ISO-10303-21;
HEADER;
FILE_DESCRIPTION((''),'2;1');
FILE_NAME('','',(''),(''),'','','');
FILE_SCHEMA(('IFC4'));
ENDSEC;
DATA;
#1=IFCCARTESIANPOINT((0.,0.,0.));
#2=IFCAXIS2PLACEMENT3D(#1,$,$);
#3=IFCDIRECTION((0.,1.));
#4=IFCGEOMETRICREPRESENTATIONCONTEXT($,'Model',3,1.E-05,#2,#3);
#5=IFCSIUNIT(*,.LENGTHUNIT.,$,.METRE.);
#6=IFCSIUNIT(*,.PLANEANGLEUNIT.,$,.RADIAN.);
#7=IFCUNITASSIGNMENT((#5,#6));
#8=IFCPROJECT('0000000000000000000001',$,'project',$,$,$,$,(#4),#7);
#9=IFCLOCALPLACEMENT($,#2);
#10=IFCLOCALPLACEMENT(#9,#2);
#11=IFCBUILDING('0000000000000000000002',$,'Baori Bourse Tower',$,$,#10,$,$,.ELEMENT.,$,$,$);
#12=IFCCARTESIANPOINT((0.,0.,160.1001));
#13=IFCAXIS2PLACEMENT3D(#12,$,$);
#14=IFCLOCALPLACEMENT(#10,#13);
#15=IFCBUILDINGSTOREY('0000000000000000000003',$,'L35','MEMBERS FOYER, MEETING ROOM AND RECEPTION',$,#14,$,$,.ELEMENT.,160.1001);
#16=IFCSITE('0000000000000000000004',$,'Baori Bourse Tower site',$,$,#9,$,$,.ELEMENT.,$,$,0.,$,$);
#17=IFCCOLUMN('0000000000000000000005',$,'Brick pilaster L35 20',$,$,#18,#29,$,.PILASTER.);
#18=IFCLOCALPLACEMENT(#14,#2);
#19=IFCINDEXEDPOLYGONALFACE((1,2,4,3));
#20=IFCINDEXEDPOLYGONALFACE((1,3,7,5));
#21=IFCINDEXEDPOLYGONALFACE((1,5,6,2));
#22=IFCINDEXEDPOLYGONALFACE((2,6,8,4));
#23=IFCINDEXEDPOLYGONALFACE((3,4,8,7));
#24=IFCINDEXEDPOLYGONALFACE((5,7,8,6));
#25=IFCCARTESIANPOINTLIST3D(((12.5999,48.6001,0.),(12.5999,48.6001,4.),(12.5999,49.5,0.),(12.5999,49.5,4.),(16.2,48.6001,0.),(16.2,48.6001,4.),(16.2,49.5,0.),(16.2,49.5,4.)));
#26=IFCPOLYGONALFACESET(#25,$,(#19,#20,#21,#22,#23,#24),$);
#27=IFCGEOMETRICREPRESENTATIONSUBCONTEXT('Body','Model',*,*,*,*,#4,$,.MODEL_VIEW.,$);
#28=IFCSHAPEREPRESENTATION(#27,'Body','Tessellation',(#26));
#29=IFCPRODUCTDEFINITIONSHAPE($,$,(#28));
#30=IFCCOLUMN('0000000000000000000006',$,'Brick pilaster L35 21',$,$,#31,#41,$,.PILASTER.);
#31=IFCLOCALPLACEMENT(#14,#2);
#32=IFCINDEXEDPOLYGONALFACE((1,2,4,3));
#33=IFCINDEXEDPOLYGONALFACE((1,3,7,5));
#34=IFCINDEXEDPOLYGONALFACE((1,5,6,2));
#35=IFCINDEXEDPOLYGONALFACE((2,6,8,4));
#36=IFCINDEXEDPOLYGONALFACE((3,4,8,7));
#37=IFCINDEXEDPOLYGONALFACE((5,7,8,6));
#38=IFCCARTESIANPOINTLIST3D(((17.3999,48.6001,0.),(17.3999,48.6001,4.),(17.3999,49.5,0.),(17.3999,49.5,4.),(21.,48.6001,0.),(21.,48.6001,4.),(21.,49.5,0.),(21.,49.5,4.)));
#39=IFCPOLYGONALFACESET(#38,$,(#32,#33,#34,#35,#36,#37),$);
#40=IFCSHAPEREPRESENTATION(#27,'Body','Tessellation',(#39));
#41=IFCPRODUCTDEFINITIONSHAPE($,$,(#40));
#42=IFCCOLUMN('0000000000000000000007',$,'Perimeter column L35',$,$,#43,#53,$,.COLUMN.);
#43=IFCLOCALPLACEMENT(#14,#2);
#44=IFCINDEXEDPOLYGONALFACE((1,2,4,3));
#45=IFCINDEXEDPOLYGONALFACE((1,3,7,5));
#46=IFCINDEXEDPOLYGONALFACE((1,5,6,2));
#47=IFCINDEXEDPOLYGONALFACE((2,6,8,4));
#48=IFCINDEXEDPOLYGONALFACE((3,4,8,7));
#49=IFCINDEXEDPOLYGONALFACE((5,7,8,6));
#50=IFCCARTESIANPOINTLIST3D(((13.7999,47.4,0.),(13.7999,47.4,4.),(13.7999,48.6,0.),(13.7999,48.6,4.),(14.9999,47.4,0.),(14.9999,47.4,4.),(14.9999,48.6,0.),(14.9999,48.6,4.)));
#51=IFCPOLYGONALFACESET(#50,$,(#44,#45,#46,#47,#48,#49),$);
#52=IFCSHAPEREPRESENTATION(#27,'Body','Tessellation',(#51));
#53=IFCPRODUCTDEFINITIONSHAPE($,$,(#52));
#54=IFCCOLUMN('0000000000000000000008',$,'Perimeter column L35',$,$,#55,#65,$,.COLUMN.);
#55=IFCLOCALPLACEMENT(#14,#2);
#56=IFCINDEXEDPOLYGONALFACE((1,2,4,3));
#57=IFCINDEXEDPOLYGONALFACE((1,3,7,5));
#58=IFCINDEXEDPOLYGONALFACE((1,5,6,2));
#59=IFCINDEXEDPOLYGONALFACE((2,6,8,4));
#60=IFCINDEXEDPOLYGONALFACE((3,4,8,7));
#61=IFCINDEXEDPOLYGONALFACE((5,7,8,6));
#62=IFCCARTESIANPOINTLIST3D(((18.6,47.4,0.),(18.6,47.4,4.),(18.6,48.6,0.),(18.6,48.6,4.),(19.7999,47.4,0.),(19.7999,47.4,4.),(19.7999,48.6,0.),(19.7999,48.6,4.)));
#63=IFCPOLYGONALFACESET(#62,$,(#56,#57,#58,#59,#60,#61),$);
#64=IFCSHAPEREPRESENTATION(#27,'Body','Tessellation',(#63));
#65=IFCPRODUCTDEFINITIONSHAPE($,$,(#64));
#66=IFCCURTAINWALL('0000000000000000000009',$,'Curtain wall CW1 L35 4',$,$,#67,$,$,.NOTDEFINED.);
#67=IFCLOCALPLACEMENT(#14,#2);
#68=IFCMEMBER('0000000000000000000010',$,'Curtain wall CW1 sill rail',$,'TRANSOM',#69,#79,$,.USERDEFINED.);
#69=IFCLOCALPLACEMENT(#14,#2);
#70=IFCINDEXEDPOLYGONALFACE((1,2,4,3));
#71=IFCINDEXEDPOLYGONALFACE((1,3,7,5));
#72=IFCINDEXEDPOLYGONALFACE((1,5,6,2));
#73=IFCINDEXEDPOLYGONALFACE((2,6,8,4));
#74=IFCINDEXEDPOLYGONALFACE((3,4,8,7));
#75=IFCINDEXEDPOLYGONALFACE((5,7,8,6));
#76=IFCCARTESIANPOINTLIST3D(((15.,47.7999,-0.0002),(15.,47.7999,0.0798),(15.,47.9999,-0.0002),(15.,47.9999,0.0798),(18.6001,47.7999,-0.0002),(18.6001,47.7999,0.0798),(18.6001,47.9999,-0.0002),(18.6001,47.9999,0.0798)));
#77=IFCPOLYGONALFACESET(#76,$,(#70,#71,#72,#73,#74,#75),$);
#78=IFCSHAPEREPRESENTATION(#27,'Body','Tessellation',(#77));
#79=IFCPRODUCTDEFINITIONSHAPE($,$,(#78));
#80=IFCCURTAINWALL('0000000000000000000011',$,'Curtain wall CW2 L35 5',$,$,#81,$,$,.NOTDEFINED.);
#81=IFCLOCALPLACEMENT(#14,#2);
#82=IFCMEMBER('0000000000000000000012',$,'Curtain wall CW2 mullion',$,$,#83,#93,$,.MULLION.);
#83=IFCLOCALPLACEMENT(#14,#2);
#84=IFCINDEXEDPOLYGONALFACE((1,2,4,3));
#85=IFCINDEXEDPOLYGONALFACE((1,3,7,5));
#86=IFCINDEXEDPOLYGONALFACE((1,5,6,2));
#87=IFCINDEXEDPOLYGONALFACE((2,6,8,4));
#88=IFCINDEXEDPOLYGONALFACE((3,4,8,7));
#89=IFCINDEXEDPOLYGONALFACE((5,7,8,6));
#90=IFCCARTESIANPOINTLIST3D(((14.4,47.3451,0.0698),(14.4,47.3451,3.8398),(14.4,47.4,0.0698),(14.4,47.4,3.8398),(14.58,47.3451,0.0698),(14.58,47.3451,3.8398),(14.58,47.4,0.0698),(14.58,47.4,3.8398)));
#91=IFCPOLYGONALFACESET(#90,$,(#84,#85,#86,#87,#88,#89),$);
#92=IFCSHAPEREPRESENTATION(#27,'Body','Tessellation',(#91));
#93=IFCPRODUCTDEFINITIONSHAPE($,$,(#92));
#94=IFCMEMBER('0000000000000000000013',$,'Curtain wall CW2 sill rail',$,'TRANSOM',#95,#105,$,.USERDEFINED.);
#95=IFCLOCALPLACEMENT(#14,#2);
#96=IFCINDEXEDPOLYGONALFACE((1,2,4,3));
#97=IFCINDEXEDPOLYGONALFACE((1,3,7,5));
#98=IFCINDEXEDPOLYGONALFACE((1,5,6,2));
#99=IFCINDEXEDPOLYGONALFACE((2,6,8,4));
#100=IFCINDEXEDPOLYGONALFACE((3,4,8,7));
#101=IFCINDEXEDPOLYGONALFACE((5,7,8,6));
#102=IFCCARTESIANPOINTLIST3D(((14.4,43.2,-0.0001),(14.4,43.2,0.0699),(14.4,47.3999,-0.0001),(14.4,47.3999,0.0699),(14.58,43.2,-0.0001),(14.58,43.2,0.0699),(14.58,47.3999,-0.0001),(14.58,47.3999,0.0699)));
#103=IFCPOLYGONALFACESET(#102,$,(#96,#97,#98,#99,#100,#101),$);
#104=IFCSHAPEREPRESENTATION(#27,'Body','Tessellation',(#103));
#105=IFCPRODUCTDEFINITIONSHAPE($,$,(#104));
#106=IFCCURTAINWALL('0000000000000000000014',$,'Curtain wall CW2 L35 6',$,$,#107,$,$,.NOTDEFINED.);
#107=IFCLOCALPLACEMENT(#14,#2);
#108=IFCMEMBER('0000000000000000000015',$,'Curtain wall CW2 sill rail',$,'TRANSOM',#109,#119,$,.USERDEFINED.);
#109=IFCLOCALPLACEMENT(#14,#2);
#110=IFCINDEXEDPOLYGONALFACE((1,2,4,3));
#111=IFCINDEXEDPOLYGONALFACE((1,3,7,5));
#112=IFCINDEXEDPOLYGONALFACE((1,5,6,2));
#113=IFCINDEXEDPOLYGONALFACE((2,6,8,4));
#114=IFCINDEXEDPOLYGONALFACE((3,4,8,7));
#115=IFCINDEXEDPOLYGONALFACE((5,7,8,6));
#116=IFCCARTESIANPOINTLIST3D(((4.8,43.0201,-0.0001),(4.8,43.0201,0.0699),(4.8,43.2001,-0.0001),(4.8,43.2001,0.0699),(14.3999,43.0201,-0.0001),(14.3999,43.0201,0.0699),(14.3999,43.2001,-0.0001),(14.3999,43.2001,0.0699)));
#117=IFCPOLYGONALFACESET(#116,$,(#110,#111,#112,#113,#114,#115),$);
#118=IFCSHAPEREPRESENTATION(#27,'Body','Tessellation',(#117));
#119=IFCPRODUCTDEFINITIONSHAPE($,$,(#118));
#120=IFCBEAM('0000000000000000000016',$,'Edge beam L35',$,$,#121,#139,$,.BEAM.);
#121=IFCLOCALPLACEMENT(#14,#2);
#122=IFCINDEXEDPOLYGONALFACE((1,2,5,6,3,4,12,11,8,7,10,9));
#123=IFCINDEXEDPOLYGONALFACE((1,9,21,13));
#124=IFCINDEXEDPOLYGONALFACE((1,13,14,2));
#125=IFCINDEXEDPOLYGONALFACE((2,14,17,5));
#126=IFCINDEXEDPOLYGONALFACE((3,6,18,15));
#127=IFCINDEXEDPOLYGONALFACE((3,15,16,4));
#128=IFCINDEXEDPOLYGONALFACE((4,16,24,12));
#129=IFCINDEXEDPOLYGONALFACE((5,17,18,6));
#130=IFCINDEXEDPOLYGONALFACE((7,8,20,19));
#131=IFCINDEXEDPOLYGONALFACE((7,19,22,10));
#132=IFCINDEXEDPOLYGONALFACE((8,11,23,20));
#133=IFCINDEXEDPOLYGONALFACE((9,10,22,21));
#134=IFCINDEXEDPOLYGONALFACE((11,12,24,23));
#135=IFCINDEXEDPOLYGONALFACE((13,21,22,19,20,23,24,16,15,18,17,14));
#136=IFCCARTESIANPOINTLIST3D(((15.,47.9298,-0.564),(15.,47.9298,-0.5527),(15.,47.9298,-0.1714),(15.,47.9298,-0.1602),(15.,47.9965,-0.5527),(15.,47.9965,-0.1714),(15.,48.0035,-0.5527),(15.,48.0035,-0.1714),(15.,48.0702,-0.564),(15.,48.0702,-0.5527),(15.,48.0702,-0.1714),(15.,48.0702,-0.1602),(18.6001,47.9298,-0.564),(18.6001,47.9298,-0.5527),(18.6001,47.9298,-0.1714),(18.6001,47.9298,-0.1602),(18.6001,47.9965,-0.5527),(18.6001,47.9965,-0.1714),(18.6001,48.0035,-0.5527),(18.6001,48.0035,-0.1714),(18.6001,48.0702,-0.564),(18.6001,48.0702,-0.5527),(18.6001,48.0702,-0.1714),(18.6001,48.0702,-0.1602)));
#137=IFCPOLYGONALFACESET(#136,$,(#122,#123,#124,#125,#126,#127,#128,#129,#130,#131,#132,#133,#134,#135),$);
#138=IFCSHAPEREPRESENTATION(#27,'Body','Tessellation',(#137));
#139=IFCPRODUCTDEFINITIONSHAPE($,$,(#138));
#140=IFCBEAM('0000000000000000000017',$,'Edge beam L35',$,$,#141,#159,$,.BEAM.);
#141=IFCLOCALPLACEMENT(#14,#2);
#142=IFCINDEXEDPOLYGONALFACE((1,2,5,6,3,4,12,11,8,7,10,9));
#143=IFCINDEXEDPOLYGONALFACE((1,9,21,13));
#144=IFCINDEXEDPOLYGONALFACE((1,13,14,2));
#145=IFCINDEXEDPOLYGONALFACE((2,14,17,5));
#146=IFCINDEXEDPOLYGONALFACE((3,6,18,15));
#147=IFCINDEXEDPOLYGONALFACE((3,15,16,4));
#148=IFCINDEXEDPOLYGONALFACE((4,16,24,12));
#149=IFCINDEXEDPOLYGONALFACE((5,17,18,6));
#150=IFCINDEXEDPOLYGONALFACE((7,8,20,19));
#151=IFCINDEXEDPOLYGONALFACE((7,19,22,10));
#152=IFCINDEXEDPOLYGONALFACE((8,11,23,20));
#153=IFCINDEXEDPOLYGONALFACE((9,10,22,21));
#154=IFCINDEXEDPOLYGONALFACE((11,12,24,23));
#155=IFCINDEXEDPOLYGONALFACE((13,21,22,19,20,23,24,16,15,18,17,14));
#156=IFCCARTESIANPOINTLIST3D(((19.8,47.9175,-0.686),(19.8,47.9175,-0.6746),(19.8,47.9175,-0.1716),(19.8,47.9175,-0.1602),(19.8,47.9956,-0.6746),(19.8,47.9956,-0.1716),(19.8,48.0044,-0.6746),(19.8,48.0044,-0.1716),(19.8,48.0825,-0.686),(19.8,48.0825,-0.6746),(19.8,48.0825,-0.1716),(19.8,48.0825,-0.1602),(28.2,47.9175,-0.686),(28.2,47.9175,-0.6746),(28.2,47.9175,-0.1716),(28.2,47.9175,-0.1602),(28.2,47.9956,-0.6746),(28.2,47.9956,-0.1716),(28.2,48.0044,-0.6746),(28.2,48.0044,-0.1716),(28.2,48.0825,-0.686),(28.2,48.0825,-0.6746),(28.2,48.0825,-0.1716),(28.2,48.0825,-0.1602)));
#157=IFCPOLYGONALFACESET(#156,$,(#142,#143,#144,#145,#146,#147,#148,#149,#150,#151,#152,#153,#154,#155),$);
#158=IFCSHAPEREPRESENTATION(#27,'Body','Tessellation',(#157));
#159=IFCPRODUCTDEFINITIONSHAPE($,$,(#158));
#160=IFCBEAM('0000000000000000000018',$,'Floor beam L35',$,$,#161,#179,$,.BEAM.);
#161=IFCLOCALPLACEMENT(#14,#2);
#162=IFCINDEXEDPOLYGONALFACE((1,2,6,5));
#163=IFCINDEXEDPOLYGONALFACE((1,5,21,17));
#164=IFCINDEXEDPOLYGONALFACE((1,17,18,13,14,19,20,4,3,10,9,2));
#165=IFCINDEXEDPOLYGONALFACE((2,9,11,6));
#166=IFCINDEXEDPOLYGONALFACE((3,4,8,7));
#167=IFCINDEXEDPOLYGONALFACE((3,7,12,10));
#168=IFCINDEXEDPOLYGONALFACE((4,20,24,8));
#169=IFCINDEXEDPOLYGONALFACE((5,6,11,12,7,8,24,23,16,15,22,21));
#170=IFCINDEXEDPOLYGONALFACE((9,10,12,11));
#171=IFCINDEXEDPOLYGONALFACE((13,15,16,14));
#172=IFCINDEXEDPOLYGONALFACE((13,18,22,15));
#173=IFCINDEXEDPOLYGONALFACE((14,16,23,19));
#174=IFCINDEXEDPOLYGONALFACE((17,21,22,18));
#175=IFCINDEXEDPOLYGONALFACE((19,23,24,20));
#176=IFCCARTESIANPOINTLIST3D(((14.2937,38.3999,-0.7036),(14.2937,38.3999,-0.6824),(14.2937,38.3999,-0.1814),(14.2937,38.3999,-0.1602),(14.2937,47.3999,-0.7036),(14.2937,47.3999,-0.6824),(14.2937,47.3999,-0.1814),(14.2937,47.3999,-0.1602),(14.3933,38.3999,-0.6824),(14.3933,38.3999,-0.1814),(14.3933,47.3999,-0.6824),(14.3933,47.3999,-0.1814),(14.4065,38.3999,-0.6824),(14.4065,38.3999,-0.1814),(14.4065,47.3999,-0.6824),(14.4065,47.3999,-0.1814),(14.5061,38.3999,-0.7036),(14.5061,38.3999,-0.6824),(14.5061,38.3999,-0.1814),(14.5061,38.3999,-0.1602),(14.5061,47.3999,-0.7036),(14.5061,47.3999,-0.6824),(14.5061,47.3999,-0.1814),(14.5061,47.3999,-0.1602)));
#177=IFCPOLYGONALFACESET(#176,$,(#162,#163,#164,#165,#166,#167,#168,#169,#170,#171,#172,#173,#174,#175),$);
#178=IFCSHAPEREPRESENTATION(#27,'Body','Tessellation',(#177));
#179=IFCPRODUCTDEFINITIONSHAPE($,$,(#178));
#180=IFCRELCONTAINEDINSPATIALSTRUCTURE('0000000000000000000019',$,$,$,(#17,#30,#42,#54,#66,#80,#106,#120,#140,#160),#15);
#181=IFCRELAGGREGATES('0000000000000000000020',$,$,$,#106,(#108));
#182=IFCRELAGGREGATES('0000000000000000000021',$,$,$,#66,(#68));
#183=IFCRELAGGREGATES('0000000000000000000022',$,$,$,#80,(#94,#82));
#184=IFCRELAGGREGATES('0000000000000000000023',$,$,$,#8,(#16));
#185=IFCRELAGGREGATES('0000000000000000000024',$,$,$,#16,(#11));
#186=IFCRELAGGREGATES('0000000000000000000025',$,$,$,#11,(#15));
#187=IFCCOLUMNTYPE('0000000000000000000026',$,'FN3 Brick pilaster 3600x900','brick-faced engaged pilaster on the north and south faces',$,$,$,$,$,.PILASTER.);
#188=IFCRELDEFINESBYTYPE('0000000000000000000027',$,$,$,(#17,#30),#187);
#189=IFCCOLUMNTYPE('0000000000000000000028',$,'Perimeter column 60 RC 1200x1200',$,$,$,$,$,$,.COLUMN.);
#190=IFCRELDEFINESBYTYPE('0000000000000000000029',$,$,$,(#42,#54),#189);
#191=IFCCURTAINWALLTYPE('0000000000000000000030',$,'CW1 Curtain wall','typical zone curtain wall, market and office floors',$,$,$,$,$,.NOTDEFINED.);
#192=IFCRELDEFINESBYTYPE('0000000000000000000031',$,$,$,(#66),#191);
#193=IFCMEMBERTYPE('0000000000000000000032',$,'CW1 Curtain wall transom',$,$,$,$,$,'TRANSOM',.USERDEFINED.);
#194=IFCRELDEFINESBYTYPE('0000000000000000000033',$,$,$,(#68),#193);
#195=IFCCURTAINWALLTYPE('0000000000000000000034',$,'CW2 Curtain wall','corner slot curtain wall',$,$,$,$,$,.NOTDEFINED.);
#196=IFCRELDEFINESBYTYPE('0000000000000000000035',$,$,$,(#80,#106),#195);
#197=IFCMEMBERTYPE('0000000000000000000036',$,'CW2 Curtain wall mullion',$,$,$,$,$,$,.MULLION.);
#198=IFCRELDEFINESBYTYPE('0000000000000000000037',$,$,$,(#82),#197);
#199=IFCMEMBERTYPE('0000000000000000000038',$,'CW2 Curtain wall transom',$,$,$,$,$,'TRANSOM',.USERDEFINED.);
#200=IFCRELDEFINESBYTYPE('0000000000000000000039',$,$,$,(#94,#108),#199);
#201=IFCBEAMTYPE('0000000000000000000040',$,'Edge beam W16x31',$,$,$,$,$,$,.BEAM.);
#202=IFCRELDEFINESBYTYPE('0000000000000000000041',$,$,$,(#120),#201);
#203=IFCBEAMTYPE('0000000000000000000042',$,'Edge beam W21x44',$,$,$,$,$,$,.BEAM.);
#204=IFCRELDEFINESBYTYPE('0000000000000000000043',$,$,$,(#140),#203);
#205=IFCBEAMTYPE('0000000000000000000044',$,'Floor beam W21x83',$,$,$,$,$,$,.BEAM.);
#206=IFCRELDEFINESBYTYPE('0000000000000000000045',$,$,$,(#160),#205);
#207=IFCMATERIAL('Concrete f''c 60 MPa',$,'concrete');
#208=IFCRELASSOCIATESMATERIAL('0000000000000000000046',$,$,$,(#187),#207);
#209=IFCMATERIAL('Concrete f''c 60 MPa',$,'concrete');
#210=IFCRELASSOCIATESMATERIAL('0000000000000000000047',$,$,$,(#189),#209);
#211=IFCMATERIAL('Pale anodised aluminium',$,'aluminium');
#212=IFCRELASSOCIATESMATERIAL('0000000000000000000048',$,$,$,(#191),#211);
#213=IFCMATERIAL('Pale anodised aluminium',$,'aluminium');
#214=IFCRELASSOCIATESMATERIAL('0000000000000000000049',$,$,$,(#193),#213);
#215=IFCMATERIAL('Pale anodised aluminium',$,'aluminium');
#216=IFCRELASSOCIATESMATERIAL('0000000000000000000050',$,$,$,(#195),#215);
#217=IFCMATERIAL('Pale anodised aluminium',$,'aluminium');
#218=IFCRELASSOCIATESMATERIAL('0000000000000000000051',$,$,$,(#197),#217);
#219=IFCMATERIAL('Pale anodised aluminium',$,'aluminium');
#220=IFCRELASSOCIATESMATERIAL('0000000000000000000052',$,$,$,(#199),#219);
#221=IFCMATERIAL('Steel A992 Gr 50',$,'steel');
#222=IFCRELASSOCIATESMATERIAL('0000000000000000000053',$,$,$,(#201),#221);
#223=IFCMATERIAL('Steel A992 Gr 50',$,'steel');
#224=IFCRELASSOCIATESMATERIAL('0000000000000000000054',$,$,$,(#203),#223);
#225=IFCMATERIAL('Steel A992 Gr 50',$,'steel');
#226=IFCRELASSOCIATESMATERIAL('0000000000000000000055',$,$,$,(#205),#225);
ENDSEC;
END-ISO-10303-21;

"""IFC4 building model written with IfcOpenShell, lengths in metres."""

from ifc_helpers import new_model, si_unit, direction, frame, origin, origin_2d, place, context, subcontext, project, spatial, rectangle, i_section, extrude, material, material_profile, profile_set, type_object, element, aggregate, save


model = new_model("IFC4")

# Units and contexts
model_context = context("Model", 3, precision=1e-05, world=origin(), true_north=direction((0.0, 1.0)))
body_context = subcontext(model_context, "Body", "Model", "MODEL_VIEW")
ifc_project = project(units=[si_unit("LENGTHUNIT", "METRE"), si_unit("PLANEANGLEUNIT", "RADIAN")], contexts=[model_context])

# Site, building, storey
site_placement = place(None, origin())
site = spatial("IfcSite", under=ifc_project, at=site_placement, Name="Baori Bourse Tower site", CompositionType="ELEMENT", RefElevation=0.0)
building_placement = place(site_placement, origin())
building = spatial("IfcBuilding", under=site, at=building_placement, Name="Baori Bourse Tower", CompositionType="ELEMENT")
storey_placement = place(building_placement, frame((0.0, 0.0, 160.1001)))
storey = spatial("IfcBuildingStorey", under=building, at=storey_placement, Name="L35", Description="MEMBERS FOYER, MEETING ROOM AND RECEPTION", CompositionType="ELEMENT", Elevation=160.1001)

# Columns
ifc_material_1 = material(Name="Concrete f'c 60 MPa", Category="concrete")
ifc_material_profile_1 = material_profile(ifc_material_1, rectangle(XDim=3.6001, YDim=0.8999, at=origin_2d()), Name="RC 3600x900")
ifc_profile_set_1 = profile_set([ifc_material_profile_1], Name="Concrete f'c 60 MPa")
column_type_1 = type_object("IfcColumnType", Name="FN3 Brick pilaster 3600x900", Description="brick-faced engaged pilaster on the north and south faces", PredefinedType="PILASTER", material=ifc_profile_set_1)
for number, where, z_axis, x_axis, name in (
    (1, (14.3999, 49.05, 0.0), (0.0, 0.0, 1.0), (1.0, 0.0, 0.0), "Brick pilaster L35 20"),
    (2, (19.2, 49.05, 0.0), (0.0, 0.0, 1.0), (1.0, 0.0, 0.0), "Brick pilaster L35 21"),
):
    element("IfcColumn", number, at=place(storey_placement, frame(where, z_axis=z_axis, x_axis=x_axis)), inside=storey, type_object=column_type_1, Name=name, PredefinedType="PILASTER", context=body_context, shape_type="SweptSolid", body=[
        extrude(rectangle(XDim=3.6001, YDim=0.8999, at=origin_2d()), origin(), (0.0, 0.0, 1.0), 4.0),
    ])
ifc_material_2 = material(Name="Concrete f'c 60 MPa", Category="concrete")
ifc_material_profile_2 = material_profile(ifc_material_2, rectangle(XDim=1.2, YDim=1.2, at=origin_2d()), Name="RC 1200x1200")
ifc_profile_set_2 = profile_set([ifc_material_profile_2], Name="Concrete f'c 60 MPa")
column_type_2 = type_object("IfcColumnType", Name="Perimeter column 60 RC 1200x1200", PredefinedType="COLUMN", material=ifc_profile_set_2)
for number, where, z_axis, x_axis, name in (
    (3, (14.3999, 48.0, 0.0), (0.0, 0.0, 1.0), (1.0, 0.0, 0.0), "Perimeter column L35"),
    (4, (19.2, 48.0, 0.0), (0.0, 0.0, 1.0), (1.0, 0.0, 0.0), "Perimeter column L35"),
):
    element("IfcColumn", number, at=place(storey_placement, frame(where, z_axis=z_axis, x_axis=x_axis)), inside=storey, type_object=column_type_2, Name=name, PredefinedType="COLUMN", context=body_context, shape_type="SweptSolid", body=[
        extrude(rectangle(XDim=1.2, YDim=1.2, at=origin_2d()), origin(), (0.0, 0.0, 1.0), 4.0),
    ])

# Curtain wall, member
ifc_material_3 = material(Name="Pale anodised aluminium", Category="aluminium")
curtain_wall_type_1 = type_object("IfcCurtainWallType", Name="CW1 Curtain wall", Description="typical zone curtain wall, market and office floors", PredefinedType="NOTDEFINED", material=ifc_material_3)
curtain_wall_1_placement = place(storey_placement, origin())
curtain_wall_1 = element("IfcCurtainWall", 5, at=curtain_wall_1_placement, inside=storey, type_object=curtain_wall_type_1, Name="Curtain wall CW1 L35 4", PredefinedType="NOTDEFINED")
ifc_material_4 = material(Name="Pale anodised aluminium", Category="aluminium")
ifc_material_profile_3 = material_profile(ifc_material_4, rectangle(XDim=0.2, YDim=0.0801, at=origin_2d()), Name="Transom 80x200")
ifc_profile_set_3 = profile_set([ifc_material_profile_3], Name="Pale anodised aluminium")
member_type_1 = type_object("IfcMemberType", Name="CW1 Curtain wall transom", ElementType="TRANSOM", PredefinedType="USERDEFINED", material=ifc_profile_set_3)
member_1_placement = place(storey_placement, frame((18.6001, 47.8999, 0.0398), z_axis=(-1.0, 0.0, 0.0), x_axis=(0.0, -1.0, 0.0)))
member_1 = element("IfcMember", 6, at=member_1_placement, type_object=member_type_1, Name="Curtain wall CW1 sill rail", ObjectType="TRANSOM", PredefinedType="USERDEFINED", context=body_context, shape_type="SweptSolid", body=[
    extrude(rectangle(XDim=0.2, YDim=0.0801, at=origin_2d()), origin(), (0.0, 0.0, 1.0), 3.6001),
])

# Curtain wall, members
ifc_material_5 = material(Name="Pale anodised aluminium", Category="aluminium")
curtain_wall_type_2 = type_object("IfcCurtainWallType", Name="CW2 Curtain wall", Description="corner slot curtain wall", PredefinedType="NOTDEFINED", material=ifc_material_5)
curtain_wall_2_placement = place(storey_placement, origin())
curtain_wall_2 = element("IfcCurtainWall", 7, at=curtain_wall_2_placement, inside=storey, type_object=curtain_wall_type_2, Name="Curtain wall CW2 L35 5", PredefinedType="NOTDEFINED")
ifc_material_6 = material(Name="Pale anodised aluminium", Category="aluminium")
ifc_material_profile_4 = material_profile(ifc_material_6, rectangle(XDim=0.1799, YDim=0.0549, at=origin_2d()), Name="Mullion 55x180")
ifc_profile_set_4 = profile_set([ifc_material_profile_4], Name="Pale anodised aluminium")
member_type_2 = type_object("IfcMemberType", Name="CW2 Curtain wall mullion", PredefinedType="MULLION", material=ifc_profile_set_4)
member_2_placement = place(storey_placement, frame((14.49, 47.3726, 0.0698), z_axis=(0.0, 0.0, 1.0), x_axis=(1.0, 0.0, 0.0)))
member_2 = element("IfcMember", 8, at=member_2_placement, type_object=member_type_2, Name="Curtain wall CW2 mullion", PredefinedType="MULLION", context=body_context, shape_type="SweptSolid", body=[
    extrude(rectangle(XDim=0.1799, YDim=0.0549, at=origin_2d()), origin(), (0.0, 0.0, 1.0), 3.77),
])
ifc_material_7 = material(Name="Pale anodised aluminium", Category="aluminium")
ifc_material_profile_5 = material_profile(ifc_material_7, rectangle(XDim=0.1799, YDim=0.0701, at=origin_2d()), Name="Transom 70x180")
ifc_profile_set_5 = profile_set([ifc_material_profile_5], Name="Pale anodised aluminium")
member_type_3 = type_object("IfcMemberType", Name="CW2 Curtain wall transom", ElementType="TRANSOM", PredefinedType="USERDEFINED", material=ifc_profile_set_5)
member_3_placement = place(storey_placement, frame((14.49, 47.3999, 0.0349), z_axis=(0.0, -1.0, 0.0), x_axis=(1.0, 0.0, 0.0)))
member_3 = element("IfcMember", 9, at=member_3_placement, type_object=member_type_3, Name="Curtain wall CW2 sill rail", ObjectType="TRANSOM", PredefinedType="USERDEFINED", context=body_context, shape_type="SweptSolid", body=[
    extrude(rectangle(XDim=0.1799, YDim=0.0701, at=origin_2d()), origin(), (0.0, 0.0, 1.0), 4.2),
])

# Curtain wall, member
curtain_wall_3_placement = place(storey_placement, origin())
curtain_wall_3 = element("IfcCurtainWall", 10, at=curtain_wall_3_placement, inside=storey, type_object=curtain_wall_type_2, Name="Curtain wall CW2 L35 6", PredefinedType="NOTDEFINED")
member_4_placement = place(storey_placement, frame((14.3999, 43.1101, 0.0349), z_axis=(-1.0, 0.0, 0.0), x_axis=(0.0, -1.0, 0.0)))
member_4 = element("IfcMember", 11, at=member_4_placement, type_object=member_type_3, Name="Curtain wall CW2 sill rail", ObjectType="TRANSOM", PredefinedType="USERDEFINED", context=body_context, shape_type="SweptSolid", body=[
    extrude(rectangle(XDim=0.1799, YDim=0.0701, at=origin_2d()), origin(), (0.0, 0.0, 1.0), 9.5999),
])
aggregate(curtain_wall_3, [member_4])

# Beams
ifc_material_8 = material(Name="Steel A992 Gr 50", Category="steel")
ifc_material_profile_6 = material_profile(ifc_material_8, i_section(OverallWidth=0.1404, OverallDepth=0.4038, WebThickness=0.0071, FlangeThickness=0.0112, at=origin_2d()), Name="W16x31")
ifc_profile_set_6 = profile_set([ifc_material_profile_6], Name="Steel A992 Gr 50")
beam_type_1 = type_object("IfcBeamType", Name="Edge beam W16x31", PredefinedType="BEAM", material=ifc_profile_set_6)
beam_1_placement = place(storey_placement, frame((15.0, 48.0, -0.3621), z_axis=(1.0, 0.0, 0.0), x_axis=(0.0, 1.0, 0.0)))
element("IfcBeam", 12, at=beam_1_placement, inside=storey, type_object=beam_type_1, Name="Edge beam L35", PredefinedType="BEAM", context=body_context, shape_type="SweptSolid", body=[
    extrude(i_section(OverallWidth=0.1404, OverallDepth=0.4038, WebThickness=0.0071, FlangeThickness=0.0112, at=origin_2d()), origin(), (0.0, 0.0, 1.0), 3.6001),
])
ifc_material_9 = material(Name="Steel A992 Gr 50", Category="steel")
ifc_material_profile_7 = material_profile(ifc_material_9, i_section(OverallWidth=0.165, OverallDepth=0.5259, WebThickness=0.0088, FlangeThickness=0.0115, at=origin_2d()), Name="W21x44")
ifc_profile_set_7 = profile_set([ifc_material_profile_7], Name="Steel A992 Gr 50")
beam_type_2 = type_object("IfcBeamType", Name="Edge beam W21x44", PredefinedType="BEAM", material=ifc_profile_set_7)
beam_2_placement = place(storey_placement, frame((19.8, 48.0, -0.4231), z_axis=(1.0, 0.0, 0.0), x_axis=(0.0, 1.0, 0.0)))
element("IfcBeam", 13, at=beam_2_placement, inside=storey, type_object=beam_type_2, Name="Edge beam L35", PredefinedType="BEAM", context=body_context, shape_type="SweptSolid", body=[
    extrude(i_section(OverallWidth=0.165, OverallDepth=0.5259, WebThickness=0.0088, FlangeThickness=0.0115, at=origin_2d()), origin(), (0.0, 0.0, 1.0), 8.3999),
])
ifc_material_10 = material(Name="Steel A992 Gr 50", Category="steel")
ifc_material_profile_8 = material_profile(ifc_material_10, i_section(OverallWidth=0.2124, OverallDepth=0.5435, WebThickness=0.0132, FlangeThickness=0.0212, at=origin_2d()), Name="W21x83")
ifc_profile_set_8 = profile_set([ifc_material_profile_8], Name="Steel A992 Gr 50")
beam_type_3 = type_object("IfcBeamType", Name="Floor beam W21x83", PredefinedType="BEAM", material=ifc_profile_set_8)
beam_3_placement = place(storey_placement, frame((14.3999, 38.3999, -0.4319), z_axis=(0.0, 1.0, 0.0), x_axis=(-1.0, 0.0, 0.0)))
element("IfcBeam", 14, at=beam_3_placement, inside=storey, type_object=beam_type_3, Name="Floor beam L35", PredefinedType="BEAM", context=body_context, shape_type="SweptSolid", body=[
    extrude(i_section(OverallWidth=0.2124, OverallDepth=0.5435, WebThickness=0.0132, FlangeThickness=0.0212, at=origin_2d()), origin(), (0.0, 0.0, 1.0), 9.0),
])

aggregate(curtain_wall_1, [member_1])
aggregate(curtain_wall_2, [member_3, member_2])

save(model, "model.ifc")
